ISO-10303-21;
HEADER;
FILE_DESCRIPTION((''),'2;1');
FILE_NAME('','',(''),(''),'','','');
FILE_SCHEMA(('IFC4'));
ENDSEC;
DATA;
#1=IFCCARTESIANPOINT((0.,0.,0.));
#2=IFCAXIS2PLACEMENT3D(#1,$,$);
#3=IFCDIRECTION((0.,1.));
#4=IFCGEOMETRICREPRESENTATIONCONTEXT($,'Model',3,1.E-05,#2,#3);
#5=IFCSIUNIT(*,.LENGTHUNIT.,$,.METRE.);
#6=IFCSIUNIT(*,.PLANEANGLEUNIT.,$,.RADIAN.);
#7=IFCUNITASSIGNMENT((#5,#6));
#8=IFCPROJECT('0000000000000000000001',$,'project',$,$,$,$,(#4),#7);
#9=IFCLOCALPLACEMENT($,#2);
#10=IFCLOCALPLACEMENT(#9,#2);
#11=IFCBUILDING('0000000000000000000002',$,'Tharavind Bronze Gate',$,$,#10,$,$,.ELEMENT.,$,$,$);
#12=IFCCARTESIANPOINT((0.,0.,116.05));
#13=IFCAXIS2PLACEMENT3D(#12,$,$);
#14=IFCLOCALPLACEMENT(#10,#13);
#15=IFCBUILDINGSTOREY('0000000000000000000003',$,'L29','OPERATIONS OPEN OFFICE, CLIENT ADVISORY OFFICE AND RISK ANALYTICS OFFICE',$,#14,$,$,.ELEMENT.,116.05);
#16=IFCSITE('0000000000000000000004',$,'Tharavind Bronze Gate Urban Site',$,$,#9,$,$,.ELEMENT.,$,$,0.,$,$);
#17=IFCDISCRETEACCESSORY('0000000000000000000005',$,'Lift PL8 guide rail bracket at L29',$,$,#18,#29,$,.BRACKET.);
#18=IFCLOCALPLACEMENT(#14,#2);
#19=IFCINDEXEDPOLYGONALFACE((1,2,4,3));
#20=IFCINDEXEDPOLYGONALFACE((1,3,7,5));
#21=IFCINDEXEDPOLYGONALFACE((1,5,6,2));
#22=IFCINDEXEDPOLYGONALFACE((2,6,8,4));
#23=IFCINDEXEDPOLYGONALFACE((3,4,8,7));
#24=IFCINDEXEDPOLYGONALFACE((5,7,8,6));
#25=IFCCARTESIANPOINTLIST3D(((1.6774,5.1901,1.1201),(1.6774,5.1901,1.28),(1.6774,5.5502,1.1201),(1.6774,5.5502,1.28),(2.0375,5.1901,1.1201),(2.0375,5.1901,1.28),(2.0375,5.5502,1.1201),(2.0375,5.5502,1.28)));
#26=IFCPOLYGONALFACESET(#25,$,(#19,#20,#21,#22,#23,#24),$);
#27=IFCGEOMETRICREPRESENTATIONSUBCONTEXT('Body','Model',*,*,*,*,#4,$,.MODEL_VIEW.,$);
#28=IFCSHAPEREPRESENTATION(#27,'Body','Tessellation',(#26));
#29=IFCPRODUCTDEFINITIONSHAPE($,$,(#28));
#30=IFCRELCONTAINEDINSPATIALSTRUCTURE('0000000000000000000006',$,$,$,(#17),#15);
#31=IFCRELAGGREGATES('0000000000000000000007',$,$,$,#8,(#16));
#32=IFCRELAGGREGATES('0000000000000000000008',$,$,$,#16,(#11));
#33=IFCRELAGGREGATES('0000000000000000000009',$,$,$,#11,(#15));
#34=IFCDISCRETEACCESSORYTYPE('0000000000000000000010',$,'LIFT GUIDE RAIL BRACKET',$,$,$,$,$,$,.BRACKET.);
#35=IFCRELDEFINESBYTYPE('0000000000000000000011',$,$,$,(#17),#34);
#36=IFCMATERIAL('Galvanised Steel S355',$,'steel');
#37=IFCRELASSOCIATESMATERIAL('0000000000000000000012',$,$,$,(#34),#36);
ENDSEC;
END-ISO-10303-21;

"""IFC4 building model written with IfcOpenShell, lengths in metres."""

from ifc_helpers import new_model, si_unit, direction, frame, origin, origin_2d, place, context, subcontext, project, spatial, rectangle, extrude, material, type_object, element, save


model = new_model("IFC4")

# Units and contexts
model_context = context("Model", 3, precision=1e-05, world=origin(), true_north=direction((0.0, 1.0)))
body_context = subcontext(model_context, "Body", "Model", "MODEL_VIEW")
ifc_project = project(units=[si_unit("LENGTHUNIT", "METRE"), si_unit("PLANEANGLEUNIT", "RADIAN")], contexts=[model_context])

# Site, building, storey
site_placement = place(None, origin())
site = spatial("IfcSite", under=ifc_project, at=site_placement, Name="Tharavind Bronze Gate Urban Site", CompositionType="ELEMENT", RefElevation=0.0)
building_placement = place(site_placement, origin())
building = spatial("IfcBuilding", under=site, at=building_placement, Name="Tharavind Bronze Gate", CompositionType="ELEMENT")
storey_placement = place(building_placement, frame((0.0, 0.0, 116.05)))
storey = spatial("IfcBuildingStorey", under=building, at=storey_placement, Name="L29", Description="OPERATIONS OPEN OFFICE, CLIENT ADVISORY OFFICE AND RISK ANALYTICS OFFICE", CompositionType="ELEMENT", Elevation=116.05)

# Discrete accessory
ifc_material_1 = material(Name="Galvanised Steel S355", Category="steel")
discrete_accessory_type = type_object("IfcDiscreteAccessoryType", Name="LIFT GUIDE RAIL BRACKET", PredefinedType="BRACKET", material=ifc_material_1)
for number, where, z_axis, x_axis, name in (
    (1, (1.8574, 5.3701, 1.1201), (0.0, 0.0, 1.0), (1.0, 0.0, 0.0), "Lift PL8 guide rail bracket at L29"),
):
    element("IfcDiscreteAccessory", number, at=place(storey_placement, frame(where, z_axis=z_axis, x_axis=x_axis)), inside=storey, type_object=discrete_accessory_type, Name=name, PredefinedType="BRACKET", context=body_context, shape_type="SweptSolid", body=[
        extrude(rectangle(XDim=0.3601, YDim=0.3601, at=origin_2d()), origin(), (0.0, 0.0, 1.0), 0.1599),
    ])

save(model, "model.ifc")
